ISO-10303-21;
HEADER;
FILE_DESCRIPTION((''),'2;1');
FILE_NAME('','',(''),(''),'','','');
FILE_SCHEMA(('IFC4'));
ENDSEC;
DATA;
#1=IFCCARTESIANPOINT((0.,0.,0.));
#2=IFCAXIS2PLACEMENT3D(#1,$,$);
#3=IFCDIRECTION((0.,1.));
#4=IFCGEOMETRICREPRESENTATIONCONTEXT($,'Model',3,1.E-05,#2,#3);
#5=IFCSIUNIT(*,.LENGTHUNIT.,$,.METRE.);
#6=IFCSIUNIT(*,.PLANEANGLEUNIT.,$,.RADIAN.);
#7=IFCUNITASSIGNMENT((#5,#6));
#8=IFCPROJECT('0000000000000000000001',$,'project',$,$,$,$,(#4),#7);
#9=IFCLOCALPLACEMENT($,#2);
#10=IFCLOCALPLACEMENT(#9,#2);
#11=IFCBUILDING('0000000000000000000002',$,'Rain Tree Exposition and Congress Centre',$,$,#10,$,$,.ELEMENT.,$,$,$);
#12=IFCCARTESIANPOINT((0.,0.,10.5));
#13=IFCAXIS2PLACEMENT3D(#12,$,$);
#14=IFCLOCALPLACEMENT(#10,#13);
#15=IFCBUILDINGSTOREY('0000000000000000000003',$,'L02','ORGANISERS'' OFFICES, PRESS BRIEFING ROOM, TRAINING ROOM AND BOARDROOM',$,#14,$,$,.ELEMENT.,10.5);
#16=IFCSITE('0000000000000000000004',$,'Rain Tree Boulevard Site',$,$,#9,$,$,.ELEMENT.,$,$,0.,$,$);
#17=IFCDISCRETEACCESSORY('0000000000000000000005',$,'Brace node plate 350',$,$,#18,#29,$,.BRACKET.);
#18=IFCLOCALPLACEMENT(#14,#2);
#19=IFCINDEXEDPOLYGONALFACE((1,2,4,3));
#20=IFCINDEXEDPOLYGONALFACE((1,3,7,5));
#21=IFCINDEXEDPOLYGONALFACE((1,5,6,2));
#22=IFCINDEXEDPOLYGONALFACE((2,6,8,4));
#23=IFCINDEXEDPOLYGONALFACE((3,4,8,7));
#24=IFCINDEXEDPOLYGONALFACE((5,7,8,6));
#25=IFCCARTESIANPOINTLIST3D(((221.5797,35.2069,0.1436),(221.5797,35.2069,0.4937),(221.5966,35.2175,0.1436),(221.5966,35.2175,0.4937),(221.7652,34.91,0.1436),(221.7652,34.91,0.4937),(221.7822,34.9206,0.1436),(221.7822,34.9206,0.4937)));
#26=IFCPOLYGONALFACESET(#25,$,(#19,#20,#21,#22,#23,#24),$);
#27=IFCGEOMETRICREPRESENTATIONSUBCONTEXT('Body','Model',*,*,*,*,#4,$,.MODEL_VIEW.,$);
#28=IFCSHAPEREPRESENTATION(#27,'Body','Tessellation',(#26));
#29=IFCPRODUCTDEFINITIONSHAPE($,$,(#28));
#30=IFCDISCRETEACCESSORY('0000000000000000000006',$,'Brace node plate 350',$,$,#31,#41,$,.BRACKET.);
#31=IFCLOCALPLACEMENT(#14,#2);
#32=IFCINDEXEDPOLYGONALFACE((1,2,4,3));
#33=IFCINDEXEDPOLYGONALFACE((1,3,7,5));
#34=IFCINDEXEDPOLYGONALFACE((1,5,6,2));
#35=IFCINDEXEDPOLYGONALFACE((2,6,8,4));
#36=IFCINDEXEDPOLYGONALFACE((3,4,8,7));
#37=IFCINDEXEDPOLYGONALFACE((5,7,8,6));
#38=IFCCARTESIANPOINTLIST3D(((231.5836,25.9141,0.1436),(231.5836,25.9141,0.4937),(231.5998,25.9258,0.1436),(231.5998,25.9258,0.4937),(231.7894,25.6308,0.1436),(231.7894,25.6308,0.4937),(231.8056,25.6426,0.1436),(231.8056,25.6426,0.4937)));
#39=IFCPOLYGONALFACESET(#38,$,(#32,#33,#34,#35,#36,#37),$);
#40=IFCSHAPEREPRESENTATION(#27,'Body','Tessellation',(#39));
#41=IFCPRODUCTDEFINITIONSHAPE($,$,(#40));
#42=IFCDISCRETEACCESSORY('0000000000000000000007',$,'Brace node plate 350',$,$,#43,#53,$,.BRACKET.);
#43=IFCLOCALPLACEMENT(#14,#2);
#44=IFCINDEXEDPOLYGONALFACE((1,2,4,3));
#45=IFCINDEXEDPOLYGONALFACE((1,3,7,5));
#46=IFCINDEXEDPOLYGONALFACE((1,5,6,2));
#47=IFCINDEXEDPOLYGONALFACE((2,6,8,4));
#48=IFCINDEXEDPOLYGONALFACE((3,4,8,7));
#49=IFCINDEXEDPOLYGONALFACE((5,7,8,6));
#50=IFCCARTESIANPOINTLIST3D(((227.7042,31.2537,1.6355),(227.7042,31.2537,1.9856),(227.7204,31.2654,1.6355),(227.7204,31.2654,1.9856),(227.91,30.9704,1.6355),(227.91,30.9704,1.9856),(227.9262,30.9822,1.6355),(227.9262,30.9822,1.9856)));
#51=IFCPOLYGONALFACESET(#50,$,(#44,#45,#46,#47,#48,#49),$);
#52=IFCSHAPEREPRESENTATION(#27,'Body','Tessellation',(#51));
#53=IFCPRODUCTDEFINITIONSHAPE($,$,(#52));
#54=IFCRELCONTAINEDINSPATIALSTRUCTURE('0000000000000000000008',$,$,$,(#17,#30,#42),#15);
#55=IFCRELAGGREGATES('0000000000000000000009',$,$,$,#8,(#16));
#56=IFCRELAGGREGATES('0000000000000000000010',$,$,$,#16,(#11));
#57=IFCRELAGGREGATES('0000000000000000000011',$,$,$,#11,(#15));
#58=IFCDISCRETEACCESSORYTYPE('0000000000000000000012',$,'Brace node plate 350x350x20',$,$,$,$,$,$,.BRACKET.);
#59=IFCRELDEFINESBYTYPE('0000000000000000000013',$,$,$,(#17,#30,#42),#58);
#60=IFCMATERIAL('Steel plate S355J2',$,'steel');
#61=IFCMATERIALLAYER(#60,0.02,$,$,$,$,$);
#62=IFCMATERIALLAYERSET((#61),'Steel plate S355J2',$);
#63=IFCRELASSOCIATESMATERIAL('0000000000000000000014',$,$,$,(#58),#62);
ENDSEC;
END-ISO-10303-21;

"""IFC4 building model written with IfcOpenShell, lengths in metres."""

from ifc_helpers import new_model, si_unit, direction, frame, origin, origin_2d, place, context, subcontext, project, spatial, rectangle, extrude, material, layer, layer_set, type_object, element, save


model = new_model("IFC4")

# Units and contexts
model_context = context("Model", 3, precision=1e-05, world=origin(), true_north=direction((0.0, 1.0)))
body_context = subcontext(model_context, "Body", "Model", "MODEL_VIEW")
ifc_project = project(units=[si_unit("LENGTHUNIT", "METRE"), si_unit("PLANEANGLEUNIT", "RADIAN")], contexts=[model_context])

# Site, building, storey
site_placement = place(None, origin())
site = spatial("IfcSite", under=ifc_project, at=site_placement, Name="Rain Tree Boulevard Site", CompositionType="ELEMENT", RefElevation=0.0)
building_placement = place(site_placement, origin())
building = spatial("IfcBuilding", under=site, at=building_placement, Name="Rain Tree Exposition and Congress Centre", CompositionType="ELEMENT")
storey_placement = place(building_placement, frame((0.0, 0.0, 10.5)))
storey = spatial("IfcBuildingStorey", under=building, at=storey_placement, Name="L02", Description="ORGANISERS' OFFICES, PRESS BRIEFING ROOM, TRAINING ROOM AND BOARDROOM", CompositionType="ELEMENT", Elevation=10.5)

# Discrete accessories
ifc_material_1 = material(Name="Steel plate S355J2", Category="steel")
ifc_layer = layer(ifc_material_1, 0.02)
ifc_layer_set = layer_set([ifc_layer], Name="Steel plate S355J2")
discrete_accessory_type = type_object("IfcDiscreteAccessoryType", Name="Brace node plate 350x350x20", PredefinedType="BRACKET", material=ifc_layer_set)
for number, where, z_axis, x_axis, name in (
    (1, (221.6809, 35.0637, 0.1436), (0.0, 0.0, 1.0), (0.529919, -0.848048, 0.0), "Brace node plate 350"),
    (2, (231.6946, 25.7783, 0.1436), (0.0, 0.0, 1.0), (-0.587785, 0.809017, 0.0), "Brace node plate 350"),
    (3, (227.8152, 31.1179, 1.6355), (0.0, 0.0, 1.0), (-0.587785, 0.809017, 0.0), "Brace node plate 350"),
):
    element("IfcDiscreteAccessory", number, at=place(storey_placement, frame(where, z_axis=z_axis, x_axis=x_axis)), inside=storey, type_object=discrete_accessory_type, Name=name, PredefinedType="BRACKET", context=body_context, shape_type="SweptSolid", body=[
        extrude(rectangle(XDim=0.3501, YDim=0.02, at=origin_2d()), origin(), (0.0, 0.0, 1.0), 0.3501),
    ])

save(model, "model.ifc")
